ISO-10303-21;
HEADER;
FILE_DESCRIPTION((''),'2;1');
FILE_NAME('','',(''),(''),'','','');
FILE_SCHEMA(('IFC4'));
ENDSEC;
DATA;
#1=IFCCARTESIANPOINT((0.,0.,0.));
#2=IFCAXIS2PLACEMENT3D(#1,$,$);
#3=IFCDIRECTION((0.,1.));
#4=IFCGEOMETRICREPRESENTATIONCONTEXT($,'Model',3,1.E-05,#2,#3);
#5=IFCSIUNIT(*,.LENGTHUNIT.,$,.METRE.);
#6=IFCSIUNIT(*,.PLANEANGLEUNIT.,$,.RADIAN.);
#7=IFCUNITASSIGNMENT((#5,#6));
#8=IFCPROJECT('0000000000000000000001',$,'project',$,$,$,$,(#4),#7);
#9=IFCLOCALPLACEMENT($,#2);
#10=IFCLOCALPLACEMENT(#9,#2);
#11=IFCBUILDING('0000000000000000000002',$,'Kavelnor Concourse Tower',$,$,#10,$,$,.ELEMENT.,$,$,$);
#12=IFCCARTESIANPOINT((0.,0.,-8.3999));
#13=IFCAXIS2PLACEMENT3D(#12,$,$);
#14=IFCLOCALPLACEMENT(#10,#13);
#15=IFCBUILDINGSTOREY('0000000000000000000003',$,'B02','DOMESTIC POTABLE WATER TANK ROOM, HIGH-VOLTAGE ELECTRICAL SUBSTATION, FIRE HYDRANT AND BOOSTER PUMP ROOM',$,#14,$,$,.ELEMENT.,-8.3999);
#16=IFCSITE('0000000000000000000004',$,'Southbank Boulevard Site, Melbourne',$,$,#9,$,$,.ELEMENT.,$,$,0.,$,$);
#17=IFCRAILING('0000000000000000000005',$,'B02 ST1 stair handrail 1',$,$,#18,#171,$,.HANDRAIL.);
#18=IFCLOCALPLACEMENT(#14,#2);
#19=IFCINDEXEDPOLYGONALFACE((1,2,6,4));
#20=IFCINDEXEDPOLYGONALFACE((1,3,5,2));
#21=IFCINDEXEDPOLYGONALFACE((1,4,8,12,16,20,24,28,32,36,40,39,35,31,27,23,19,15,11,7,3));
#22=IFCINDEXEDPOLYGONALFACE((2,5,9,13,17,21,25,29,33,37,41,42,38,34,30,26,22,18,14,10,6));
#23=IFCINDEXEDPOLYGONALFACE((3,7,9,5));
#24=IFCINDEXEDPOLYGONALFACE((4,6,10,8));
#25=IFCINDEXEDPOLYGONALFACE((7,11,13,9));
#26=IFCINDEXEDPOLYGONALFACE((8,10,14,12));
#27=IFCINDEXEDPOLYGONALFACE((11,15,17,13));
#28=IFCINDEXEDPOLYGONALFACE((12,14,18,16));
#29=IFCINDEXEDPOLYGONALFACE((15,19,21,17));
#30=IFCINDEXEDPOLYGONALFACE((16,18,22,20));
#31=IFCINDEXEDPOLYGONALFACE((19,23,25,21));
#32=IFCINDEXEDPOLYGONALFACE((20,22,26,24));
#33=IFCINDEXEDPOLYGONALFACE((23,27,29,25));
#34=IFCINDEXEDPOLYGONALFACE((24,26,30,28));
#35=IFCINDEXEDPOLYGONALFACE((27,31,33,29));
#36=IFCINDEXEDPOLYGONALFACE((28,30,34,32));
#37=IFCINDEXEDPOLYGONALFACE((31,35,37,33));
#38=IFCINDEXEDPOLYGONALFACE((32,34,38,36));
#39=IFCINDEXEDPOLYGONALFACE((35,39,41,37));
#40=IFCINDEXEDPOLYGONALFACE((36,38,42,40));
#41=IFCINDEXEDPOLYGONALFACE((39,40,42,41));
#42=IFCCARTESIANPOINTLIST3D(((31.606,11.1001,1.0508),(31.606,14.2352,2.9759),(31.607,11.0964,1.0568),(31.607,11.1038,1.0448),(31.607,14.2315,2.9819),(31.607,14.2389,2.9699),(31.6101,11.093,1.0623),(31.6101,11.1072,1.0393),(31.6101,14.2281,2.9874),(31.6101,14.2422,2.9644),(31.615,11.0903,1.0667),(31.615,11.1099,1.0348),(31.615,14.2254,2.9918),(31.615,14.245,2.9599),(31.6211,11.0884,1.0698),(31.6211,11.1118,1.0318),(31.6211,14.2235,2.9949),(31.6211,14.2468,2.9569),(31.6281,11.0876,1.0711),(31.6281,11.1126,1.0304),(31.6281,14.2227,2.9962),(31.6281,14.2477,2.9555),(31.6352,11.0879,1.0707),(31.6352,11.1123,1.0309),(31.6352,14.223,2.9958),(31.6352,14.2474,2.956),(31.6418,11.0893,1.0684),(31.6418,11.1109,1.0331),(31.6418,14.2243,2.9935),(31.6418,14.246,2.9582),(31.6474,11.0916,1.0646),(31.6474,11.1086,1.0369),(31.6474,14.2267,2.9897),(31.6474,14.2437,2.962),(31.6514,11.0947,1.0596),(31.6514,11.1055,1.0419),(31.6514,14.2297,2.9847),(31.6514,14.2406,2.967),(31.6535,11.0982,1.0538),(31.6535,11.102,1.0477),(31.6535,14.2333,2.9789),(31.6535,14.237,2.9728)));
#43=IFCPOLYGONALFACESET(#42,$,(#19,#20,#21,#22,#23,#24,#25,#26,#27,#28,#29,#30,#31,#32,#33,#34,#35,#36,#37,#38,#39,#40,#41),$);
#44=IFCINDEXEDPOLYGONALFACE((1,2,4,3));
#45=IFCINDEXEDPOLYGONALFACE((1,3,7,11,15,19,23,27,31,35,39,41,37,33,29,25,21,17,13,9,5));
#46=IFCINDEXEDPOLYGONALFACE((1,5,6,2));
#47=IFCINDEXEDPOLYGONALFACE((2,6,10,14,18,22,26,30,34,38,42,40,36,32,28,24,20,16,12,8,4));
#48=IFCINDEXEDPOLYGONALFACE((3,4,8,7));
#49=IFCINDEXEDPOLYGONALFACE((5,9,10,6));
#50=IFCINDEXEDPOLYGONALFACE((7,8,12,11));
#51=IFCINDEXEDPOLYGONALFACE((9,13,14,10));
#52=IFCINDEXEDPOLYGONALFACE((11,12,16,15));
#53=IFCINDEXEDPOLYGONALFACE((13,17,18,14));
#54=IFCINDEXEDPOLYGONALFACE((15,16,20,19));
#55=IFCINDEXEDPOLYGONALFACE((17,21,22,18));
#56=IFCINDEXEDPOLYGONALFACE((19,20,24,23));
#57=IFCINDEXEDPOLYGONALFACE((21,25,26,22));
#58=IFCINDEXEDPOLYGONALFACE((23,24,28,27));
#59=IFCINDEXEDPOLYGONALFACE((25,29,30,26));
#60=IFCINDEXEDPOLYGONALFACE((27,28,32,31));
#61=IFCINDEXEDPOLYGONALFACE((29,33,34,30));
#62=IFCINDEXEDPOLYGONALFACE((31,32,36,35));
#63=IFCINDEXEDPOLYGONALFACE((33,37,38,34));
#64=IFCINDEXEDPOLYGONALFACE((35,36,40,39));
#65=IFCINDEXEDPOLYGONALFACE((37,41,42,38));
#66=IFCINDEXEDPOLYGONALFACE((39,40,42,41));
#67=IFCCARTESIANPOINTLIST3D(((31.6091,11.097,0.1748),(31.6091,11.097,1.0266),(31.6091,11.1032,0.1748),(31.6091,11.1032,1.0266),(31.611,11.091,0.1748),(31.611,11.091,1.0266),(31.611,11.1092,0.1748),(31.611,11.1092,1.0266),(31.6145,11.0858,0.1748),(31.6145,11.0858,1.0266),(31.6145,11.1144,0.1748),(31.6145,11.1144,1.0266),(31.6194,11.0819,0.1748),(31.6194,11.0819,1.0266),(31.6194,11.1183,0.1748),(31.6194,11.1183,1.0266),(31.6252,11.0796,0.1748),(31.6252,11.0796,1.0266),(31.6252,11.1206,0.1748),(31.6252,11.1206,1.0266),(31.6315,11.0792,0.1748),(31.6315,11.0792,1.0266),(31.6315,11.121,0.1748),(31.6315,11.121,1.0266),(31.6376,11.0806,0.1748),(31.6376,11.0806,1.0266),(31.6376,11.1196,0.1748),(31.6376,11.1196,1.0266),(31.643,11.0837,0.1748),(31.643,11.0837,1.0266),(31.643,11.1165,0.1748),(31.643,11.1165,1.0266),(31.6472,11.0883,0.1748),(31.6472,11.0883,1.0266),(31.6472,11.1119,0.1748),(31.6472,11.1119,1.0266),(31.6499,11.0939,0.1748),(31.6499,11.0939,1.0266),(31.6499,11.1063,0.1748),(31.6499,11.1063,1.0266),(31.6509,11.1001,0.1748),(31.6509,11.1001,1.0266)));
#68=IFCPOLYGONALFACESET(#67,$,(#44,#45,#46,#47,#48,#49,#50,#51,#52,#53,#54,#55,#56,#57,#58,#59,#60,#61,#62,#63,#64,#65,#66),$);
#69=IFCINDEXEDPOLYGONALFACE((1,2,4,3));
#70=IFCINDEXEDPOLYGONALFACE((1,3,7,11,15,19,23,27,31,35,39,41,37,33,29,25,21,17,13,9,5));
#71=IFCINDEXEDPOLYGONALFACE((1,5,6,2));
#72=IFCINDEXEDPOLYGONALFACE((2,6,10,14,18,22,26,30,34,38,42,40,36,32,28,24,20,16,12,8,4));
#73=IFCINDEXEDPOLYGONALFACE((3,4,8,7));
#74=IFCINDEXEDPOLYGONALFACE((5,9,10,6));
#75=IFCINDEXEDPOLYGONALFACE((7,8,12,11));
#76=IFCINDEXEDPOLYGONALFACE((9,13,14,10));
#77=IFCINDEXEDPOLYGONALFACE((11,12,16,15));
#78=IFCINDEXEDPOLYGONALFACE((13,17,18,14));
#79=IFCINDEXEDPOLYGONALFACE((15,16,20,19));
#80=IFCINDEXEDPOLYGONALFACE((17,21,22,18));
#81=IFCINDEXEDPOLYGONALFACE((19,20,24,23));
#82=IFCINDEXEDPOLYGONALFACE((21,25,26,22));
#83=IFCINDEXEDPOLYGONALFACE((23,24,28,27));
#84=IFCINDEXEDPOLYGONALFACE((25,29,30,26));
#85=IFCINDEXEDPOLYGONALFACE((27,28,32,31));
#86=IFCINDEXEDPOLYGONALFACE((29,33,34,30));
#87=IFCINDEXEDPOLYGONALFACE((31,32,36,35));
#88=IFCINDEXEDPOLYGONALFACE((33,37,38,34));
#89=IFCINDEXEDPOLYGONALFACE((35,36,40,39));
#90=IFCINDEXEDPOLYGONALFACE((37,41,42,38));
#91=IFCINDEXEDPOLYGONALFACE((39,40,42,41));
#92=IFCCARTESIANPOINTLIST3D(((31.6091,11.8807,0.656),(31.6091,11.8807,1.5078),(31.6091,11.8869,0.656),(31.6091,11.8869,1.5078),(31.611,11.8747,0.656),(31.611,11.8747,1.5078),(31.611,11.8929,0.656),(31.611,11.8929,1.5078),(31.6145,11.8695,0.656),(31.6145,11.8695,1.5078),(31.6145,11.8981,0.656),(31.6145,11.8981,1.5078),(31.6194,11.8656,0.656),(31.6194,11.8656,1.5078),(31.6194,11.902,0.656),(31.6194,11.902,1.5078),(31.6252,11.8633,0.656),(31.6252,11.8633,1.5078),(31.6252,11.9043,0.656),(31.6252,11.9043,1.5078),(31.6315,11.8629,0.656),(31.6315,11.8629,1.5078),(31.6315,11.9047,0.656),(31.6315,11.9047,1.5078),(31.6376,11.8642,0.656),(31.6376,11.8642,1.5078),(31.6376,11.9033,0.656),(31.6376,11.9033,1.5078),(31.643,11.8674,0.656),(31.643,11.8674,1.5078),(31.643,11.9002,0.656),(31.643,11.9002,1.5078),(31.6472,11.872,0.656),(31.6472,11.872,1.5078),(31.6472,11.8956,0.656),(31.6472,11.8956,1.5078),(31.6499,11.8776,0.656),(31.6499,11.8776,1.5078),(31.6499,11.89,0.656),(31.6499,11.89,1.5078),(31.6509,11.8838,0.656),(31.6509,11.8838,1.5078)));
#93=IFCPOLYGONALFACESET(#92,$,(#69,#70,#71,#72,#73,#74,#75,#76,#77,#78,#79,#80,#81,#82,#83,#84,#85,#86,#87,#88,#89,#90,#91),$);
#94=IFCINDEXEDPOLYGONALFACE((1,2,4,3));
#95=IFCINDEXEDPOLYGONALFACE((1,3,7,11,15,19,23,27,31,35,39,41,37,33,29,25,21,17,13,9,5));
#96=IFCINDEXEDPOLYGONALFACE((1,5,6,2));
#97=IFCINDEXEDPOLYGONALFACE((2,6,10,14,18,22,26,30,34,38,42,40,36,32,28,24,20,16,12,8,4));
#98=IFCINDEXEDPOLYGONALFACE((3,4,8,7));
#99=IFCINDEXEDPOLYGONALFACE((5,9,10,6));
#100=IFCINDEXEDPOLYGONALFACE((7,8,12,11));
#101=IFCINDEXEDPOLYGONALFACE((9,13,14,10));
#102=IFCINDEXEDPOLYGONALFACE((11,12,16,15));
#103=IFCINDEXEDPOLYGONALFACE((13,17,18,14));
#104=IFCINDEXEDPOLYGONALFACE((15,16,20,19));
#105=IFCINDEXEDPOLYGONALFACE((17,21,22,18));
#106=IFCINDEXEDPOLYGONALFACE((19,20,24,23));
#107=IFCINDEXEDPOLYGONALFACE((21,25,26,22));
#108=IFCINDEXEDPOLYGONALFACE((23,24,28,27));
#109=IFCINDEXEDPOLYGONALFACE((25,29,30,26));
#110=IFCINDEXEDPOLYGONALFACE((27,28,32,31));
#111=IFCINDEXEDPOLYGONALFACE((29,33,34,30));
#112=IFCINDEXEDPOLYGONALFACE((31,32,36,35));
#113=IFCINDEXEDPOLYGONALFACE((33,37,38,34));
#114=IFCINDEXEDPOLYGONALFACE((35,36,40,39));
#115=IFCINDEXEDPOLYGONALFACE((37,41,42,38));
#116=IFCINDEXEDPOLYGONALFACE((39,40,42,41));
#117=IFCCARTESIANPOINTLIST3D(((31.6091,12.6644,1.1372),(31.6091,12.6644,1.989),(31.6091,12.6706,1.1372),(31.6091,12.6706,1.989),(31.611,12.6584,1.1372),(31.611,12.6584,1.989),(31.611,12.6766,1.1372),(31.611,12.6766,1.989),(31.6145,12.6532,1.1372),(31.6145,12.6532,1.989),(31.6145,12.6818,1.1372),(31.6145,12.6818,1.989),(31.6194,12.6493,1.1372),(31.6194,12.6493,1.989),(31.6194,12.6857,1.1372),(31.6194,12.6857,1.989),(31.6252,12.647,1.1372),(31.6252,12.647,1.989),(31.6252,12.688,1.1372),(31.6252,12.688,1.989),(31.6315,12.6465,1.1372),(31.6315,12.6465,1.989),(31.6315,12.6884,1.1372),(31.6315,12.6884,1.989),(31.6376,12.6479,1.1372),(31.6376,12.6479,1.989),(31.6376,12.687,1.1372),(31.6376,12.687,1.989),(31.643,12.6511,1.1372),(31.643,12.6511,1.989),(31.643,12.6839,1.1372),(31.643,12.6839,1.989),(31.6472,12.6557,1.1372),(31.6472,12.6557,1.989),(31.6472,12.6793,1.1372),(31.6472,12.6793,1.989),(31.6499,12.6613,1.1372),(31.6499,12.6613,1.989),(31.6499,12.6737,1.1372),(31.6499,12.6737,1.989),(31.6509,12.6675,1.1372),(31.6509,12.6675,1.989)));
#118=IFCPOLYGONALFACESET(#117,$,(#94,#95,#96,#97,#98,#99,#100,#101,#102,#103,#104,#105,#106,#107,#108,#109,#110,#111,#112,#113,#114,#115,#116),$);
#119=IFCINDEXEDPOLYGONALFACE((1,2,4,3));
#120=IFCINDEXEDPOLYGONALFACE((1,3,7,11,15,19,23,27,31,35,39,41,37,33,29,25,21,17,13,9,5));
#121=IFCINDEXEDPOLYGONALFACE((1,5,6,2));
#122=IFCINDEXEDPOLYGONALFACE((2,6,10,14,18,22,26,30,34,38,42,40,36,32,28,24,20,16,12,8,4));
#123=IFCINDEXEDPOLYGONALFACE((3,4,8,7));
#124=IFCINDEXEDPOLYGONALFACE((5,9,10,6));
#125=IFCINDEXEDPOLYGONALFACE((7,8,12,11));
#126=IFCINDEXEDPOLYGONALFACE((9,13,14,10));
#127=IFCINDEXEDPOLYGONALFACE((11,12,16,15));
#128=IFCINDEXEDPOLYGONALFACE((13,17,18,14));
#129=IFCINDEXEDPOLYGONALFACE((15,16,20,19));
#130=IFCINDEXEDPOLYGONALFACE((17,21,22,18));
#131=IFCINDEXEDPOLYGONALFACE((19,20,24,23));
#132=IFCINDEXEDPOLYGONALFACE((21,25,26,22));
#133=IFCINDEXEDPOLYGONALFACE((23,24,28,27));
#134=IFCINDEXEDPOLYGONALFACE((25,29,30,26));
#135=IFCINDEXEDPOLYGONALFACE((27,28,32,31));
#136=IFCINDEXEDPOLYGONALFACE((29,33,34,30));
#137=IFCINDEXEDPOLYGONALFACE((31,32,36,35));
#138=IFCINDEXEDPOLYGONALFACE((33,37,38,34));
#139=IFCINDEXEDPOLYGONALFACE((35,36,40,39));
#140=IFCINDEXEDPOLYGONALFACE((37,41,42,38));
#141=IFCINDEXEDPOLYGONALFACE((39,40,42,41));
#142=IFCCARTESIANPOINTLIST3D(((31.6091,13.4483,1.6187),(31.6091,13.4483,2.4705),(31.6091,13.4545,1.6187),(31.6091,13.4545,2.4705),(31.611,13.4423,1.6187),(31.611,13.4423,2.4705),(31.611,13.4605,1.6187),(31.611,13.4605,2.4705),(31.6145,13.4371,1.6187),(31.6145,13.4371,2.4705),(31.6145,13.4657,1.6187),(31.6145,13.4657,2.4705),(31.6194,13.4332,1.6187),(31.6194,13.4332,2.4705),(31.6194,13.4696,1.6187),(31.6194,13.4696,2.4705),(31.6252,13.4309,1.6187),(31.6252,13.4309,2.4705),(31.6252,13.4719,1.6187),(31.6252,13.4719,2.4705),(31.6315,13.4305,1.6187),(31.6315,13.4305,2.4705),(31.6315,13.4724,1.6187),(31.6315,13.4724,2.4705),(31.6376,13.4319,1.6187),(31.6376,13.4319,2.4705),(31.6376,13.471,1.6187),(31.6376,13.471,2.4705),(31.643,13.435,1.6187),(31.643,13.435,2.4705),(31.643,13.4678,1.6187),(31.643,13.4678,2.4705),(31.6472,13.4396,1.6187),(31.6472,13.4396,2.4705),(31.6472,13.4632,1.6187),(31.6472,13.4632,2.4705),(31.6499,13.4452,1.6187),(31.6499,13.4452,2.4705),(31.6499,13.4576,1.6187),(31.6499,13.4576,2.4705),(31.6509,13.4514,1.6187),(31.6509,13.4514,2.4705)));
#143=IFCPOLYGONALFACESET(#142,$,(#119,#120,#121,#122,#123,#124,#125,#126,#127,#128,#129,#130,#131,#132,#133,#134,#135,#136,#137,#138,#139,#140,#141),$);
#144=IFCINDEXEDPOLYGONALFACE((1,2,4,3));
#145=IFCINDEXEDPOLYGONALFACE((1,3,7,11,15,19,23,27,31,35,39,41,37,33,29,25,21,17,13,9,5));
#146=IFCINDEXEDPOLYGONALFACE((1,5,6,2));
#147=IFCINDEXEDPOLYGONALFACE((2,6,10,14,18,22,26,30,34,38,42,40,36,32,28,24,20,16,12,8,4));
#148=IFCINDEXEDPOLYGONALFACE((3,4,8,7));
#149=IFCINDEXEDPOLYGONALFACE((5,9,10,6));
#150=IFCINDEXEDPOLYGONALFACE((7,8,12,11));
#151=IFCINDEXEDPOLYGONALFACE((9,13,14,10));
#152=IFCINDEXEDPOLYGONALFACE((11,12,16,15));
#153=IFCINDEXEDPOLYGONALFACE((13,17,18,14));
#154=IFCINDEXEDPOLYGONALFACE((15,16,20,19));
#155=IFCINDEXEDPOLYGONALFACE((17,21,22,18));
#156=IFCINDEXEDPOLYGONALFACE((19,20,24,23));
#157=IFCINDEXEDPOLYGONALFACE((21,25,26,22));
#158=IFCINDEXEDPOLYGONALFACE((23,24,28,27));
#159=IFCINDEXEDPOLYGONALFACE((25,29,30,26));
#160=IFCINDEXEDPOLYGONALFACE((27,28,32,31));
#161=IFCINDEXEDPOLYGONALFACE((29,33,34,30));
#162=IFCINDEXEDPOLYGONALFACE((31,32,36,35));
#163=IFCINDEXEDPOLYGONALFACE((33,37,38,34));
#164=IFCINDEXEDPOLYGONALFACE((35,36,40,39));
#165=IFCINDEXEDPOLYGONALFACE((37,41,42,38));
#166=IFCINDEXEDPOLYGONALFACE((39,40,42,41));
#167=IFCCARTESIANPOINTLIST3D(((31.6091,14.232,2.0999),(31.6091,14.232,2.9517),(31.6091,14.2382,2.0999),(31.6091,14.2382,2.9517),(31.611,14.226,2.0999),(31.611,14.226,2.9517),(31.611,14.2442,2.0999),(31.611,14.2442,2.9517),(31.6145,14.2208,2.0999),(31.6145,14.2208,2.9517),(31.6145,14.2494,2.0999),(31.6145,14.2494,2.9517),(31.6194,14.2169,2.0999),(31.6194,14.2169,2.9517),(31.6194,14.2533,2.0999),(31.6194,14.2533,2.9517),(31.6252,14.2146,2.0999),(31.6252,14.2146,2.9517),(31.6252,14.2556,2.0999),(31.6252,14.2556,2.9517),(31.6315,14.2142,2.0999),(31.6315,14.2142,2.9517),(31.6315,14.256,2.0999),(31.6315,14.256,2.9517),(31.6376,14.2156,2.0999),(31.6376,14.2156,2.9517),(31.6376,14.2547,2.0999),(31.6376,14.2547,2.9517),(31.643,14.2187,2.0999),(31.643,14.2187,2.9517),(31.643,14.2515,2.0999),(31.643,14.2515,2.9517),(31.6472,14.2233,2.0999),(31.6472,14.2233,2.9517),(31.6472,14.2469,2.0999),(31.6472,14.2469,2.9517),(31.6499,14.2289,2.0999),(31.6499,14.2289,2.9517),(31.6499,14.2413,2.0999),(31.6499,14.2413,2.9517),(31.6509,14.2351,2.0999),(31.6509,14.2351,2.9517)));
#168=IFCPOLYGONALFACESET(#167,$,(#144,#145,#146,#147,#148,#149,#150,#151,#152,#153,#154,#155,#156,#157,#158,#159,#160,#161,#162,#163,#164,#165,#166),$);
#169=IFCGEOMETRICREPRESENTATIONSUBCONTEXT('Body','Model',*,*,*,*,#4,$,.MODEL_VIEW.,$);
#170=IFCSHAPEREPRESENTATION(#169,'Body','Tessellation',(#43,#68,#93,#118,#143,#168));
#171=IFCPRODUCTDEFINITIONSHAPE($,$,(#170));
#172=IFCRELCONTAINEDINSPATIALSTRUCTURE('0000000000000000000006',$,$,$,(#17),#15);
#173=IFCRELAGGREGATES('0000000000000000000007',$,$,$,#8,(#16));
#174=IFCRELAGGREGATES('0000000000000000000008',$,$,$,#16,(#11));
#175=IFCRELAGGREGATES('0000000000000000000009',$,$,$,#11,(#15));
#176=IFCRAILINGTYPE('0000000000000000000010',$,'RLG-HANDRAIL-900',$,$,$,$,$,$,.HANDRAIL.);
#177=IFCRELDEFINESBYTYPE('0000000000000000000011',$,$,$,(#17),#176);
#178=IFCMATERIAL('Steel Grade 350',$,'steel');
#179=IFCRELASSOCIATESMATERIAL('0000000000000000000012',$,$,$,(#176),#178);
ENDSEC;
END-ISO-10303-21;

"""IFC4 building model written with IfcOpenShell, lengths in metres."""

from ifc_helpers import new_model, si_unit, direction, frame, origin, origin_2d, place, context, subcontext, project, spatial, circle, extrude, material, type_object, element, save


model = new_model("IFC4")

# Units and contexts
model_context = context("Model", 3, precision=1e-05, world=origin(), true_north=direction((0.0, 1.0)))
body_context = subcontext(model_context, "Body", "Model", "MODEL_VIEW")
ifc_project = project(units=[si_unit("LENGTHUNIT", "METRE"), si_unit("PLANEANGLEUNIT", "RADIAN")], contexts=[model_context])

# Site, building, storey
site_placement = place(None, origin())
site = spatial("IfcSite", under=ifc_project, at=site_placement, Name="Southbank Boulevard Site, Melbourne", CompositionType="ELEMENT", RefElevation=0.0)
building_placement = place(site_placement, origin())
building = spatial("IfcBuilding", under=site, at=building_placement, Name="Kavelnor Concourse Tower", CompositionType="ELEMENT")
storey_placement = place(building_placement, frame((0.0, 0.0, -8.3999)))
storey = spatial("IfcBuildingStorey", under=building, at=storey_placement, Name="B02", Description="DOMESTIC POTABLE WATER TANK ROOM, HIGH-VOLTAGE ELECTRICAL SUBSTATION, FIRE HYDRANT AND BOOSTER PUMP ROOM", CompositionType="ELEMENT", Elevation=-8.3999)

# Shared definitions
ifc_material_1 = material(Name="Steel Grade 350", Category="steel")

# Railing
railing_type_1 = type_object("IfcRailingType", Name="RLG-HANDRAIL-900", PredefinedType="HANDRAIL", material=ifc_material_1)
railing_1_placement = place(storey_placement, frame((31.6299, 11.1001, 0.1748)))
element("IfcRailing", 1, at=railing_1_placement, inside=storey, type_object=railing_type_1, Name="B02 ST1 stair handrail 1", PredefinedType="HANDRAIL", context=body_context, shape_type="SweptSolid", body=[
    extrude(circle(Radius=0.0239, at=origin_2d()), frame((0.0, 0.0, 0.876), z_axis=(0.0, 0.852166, 0.523271), x_axis=(-1.0, 0.0, 0.0)), (0.0, 0.0, 1.0), 3.679),
    extrude(circle(Radius=0.021, at=origin_2d()), origin(), (0.0, 0.0, 1.0), 0.8518),
    extrude(circle(Radius=0.021, at=origin_2d()), frame((0.0, 0.7837, 0.4812)), (0.0, 0.0, 1.0), 0.8518),
    extrude(circle(Radius=0.021, at=origin_2d()), frame((0.0, 1.5674, 0.9624)), (0.0, 0.0, 1.0), 0.8518),
    extrude(circle(Radius=0.021, at=origin_2d()), frame((0.0, 2.3513, 1.4438)), (0.0, 0.0, 1.0), 0.8518),
    extrude(circle(Radius=0.021, at=origin_2d()), frame((0.0, 3.135, 1.925)), (0.0, 0.0, 1.0), 0.8518),
])

save(model, "model.ifc")
